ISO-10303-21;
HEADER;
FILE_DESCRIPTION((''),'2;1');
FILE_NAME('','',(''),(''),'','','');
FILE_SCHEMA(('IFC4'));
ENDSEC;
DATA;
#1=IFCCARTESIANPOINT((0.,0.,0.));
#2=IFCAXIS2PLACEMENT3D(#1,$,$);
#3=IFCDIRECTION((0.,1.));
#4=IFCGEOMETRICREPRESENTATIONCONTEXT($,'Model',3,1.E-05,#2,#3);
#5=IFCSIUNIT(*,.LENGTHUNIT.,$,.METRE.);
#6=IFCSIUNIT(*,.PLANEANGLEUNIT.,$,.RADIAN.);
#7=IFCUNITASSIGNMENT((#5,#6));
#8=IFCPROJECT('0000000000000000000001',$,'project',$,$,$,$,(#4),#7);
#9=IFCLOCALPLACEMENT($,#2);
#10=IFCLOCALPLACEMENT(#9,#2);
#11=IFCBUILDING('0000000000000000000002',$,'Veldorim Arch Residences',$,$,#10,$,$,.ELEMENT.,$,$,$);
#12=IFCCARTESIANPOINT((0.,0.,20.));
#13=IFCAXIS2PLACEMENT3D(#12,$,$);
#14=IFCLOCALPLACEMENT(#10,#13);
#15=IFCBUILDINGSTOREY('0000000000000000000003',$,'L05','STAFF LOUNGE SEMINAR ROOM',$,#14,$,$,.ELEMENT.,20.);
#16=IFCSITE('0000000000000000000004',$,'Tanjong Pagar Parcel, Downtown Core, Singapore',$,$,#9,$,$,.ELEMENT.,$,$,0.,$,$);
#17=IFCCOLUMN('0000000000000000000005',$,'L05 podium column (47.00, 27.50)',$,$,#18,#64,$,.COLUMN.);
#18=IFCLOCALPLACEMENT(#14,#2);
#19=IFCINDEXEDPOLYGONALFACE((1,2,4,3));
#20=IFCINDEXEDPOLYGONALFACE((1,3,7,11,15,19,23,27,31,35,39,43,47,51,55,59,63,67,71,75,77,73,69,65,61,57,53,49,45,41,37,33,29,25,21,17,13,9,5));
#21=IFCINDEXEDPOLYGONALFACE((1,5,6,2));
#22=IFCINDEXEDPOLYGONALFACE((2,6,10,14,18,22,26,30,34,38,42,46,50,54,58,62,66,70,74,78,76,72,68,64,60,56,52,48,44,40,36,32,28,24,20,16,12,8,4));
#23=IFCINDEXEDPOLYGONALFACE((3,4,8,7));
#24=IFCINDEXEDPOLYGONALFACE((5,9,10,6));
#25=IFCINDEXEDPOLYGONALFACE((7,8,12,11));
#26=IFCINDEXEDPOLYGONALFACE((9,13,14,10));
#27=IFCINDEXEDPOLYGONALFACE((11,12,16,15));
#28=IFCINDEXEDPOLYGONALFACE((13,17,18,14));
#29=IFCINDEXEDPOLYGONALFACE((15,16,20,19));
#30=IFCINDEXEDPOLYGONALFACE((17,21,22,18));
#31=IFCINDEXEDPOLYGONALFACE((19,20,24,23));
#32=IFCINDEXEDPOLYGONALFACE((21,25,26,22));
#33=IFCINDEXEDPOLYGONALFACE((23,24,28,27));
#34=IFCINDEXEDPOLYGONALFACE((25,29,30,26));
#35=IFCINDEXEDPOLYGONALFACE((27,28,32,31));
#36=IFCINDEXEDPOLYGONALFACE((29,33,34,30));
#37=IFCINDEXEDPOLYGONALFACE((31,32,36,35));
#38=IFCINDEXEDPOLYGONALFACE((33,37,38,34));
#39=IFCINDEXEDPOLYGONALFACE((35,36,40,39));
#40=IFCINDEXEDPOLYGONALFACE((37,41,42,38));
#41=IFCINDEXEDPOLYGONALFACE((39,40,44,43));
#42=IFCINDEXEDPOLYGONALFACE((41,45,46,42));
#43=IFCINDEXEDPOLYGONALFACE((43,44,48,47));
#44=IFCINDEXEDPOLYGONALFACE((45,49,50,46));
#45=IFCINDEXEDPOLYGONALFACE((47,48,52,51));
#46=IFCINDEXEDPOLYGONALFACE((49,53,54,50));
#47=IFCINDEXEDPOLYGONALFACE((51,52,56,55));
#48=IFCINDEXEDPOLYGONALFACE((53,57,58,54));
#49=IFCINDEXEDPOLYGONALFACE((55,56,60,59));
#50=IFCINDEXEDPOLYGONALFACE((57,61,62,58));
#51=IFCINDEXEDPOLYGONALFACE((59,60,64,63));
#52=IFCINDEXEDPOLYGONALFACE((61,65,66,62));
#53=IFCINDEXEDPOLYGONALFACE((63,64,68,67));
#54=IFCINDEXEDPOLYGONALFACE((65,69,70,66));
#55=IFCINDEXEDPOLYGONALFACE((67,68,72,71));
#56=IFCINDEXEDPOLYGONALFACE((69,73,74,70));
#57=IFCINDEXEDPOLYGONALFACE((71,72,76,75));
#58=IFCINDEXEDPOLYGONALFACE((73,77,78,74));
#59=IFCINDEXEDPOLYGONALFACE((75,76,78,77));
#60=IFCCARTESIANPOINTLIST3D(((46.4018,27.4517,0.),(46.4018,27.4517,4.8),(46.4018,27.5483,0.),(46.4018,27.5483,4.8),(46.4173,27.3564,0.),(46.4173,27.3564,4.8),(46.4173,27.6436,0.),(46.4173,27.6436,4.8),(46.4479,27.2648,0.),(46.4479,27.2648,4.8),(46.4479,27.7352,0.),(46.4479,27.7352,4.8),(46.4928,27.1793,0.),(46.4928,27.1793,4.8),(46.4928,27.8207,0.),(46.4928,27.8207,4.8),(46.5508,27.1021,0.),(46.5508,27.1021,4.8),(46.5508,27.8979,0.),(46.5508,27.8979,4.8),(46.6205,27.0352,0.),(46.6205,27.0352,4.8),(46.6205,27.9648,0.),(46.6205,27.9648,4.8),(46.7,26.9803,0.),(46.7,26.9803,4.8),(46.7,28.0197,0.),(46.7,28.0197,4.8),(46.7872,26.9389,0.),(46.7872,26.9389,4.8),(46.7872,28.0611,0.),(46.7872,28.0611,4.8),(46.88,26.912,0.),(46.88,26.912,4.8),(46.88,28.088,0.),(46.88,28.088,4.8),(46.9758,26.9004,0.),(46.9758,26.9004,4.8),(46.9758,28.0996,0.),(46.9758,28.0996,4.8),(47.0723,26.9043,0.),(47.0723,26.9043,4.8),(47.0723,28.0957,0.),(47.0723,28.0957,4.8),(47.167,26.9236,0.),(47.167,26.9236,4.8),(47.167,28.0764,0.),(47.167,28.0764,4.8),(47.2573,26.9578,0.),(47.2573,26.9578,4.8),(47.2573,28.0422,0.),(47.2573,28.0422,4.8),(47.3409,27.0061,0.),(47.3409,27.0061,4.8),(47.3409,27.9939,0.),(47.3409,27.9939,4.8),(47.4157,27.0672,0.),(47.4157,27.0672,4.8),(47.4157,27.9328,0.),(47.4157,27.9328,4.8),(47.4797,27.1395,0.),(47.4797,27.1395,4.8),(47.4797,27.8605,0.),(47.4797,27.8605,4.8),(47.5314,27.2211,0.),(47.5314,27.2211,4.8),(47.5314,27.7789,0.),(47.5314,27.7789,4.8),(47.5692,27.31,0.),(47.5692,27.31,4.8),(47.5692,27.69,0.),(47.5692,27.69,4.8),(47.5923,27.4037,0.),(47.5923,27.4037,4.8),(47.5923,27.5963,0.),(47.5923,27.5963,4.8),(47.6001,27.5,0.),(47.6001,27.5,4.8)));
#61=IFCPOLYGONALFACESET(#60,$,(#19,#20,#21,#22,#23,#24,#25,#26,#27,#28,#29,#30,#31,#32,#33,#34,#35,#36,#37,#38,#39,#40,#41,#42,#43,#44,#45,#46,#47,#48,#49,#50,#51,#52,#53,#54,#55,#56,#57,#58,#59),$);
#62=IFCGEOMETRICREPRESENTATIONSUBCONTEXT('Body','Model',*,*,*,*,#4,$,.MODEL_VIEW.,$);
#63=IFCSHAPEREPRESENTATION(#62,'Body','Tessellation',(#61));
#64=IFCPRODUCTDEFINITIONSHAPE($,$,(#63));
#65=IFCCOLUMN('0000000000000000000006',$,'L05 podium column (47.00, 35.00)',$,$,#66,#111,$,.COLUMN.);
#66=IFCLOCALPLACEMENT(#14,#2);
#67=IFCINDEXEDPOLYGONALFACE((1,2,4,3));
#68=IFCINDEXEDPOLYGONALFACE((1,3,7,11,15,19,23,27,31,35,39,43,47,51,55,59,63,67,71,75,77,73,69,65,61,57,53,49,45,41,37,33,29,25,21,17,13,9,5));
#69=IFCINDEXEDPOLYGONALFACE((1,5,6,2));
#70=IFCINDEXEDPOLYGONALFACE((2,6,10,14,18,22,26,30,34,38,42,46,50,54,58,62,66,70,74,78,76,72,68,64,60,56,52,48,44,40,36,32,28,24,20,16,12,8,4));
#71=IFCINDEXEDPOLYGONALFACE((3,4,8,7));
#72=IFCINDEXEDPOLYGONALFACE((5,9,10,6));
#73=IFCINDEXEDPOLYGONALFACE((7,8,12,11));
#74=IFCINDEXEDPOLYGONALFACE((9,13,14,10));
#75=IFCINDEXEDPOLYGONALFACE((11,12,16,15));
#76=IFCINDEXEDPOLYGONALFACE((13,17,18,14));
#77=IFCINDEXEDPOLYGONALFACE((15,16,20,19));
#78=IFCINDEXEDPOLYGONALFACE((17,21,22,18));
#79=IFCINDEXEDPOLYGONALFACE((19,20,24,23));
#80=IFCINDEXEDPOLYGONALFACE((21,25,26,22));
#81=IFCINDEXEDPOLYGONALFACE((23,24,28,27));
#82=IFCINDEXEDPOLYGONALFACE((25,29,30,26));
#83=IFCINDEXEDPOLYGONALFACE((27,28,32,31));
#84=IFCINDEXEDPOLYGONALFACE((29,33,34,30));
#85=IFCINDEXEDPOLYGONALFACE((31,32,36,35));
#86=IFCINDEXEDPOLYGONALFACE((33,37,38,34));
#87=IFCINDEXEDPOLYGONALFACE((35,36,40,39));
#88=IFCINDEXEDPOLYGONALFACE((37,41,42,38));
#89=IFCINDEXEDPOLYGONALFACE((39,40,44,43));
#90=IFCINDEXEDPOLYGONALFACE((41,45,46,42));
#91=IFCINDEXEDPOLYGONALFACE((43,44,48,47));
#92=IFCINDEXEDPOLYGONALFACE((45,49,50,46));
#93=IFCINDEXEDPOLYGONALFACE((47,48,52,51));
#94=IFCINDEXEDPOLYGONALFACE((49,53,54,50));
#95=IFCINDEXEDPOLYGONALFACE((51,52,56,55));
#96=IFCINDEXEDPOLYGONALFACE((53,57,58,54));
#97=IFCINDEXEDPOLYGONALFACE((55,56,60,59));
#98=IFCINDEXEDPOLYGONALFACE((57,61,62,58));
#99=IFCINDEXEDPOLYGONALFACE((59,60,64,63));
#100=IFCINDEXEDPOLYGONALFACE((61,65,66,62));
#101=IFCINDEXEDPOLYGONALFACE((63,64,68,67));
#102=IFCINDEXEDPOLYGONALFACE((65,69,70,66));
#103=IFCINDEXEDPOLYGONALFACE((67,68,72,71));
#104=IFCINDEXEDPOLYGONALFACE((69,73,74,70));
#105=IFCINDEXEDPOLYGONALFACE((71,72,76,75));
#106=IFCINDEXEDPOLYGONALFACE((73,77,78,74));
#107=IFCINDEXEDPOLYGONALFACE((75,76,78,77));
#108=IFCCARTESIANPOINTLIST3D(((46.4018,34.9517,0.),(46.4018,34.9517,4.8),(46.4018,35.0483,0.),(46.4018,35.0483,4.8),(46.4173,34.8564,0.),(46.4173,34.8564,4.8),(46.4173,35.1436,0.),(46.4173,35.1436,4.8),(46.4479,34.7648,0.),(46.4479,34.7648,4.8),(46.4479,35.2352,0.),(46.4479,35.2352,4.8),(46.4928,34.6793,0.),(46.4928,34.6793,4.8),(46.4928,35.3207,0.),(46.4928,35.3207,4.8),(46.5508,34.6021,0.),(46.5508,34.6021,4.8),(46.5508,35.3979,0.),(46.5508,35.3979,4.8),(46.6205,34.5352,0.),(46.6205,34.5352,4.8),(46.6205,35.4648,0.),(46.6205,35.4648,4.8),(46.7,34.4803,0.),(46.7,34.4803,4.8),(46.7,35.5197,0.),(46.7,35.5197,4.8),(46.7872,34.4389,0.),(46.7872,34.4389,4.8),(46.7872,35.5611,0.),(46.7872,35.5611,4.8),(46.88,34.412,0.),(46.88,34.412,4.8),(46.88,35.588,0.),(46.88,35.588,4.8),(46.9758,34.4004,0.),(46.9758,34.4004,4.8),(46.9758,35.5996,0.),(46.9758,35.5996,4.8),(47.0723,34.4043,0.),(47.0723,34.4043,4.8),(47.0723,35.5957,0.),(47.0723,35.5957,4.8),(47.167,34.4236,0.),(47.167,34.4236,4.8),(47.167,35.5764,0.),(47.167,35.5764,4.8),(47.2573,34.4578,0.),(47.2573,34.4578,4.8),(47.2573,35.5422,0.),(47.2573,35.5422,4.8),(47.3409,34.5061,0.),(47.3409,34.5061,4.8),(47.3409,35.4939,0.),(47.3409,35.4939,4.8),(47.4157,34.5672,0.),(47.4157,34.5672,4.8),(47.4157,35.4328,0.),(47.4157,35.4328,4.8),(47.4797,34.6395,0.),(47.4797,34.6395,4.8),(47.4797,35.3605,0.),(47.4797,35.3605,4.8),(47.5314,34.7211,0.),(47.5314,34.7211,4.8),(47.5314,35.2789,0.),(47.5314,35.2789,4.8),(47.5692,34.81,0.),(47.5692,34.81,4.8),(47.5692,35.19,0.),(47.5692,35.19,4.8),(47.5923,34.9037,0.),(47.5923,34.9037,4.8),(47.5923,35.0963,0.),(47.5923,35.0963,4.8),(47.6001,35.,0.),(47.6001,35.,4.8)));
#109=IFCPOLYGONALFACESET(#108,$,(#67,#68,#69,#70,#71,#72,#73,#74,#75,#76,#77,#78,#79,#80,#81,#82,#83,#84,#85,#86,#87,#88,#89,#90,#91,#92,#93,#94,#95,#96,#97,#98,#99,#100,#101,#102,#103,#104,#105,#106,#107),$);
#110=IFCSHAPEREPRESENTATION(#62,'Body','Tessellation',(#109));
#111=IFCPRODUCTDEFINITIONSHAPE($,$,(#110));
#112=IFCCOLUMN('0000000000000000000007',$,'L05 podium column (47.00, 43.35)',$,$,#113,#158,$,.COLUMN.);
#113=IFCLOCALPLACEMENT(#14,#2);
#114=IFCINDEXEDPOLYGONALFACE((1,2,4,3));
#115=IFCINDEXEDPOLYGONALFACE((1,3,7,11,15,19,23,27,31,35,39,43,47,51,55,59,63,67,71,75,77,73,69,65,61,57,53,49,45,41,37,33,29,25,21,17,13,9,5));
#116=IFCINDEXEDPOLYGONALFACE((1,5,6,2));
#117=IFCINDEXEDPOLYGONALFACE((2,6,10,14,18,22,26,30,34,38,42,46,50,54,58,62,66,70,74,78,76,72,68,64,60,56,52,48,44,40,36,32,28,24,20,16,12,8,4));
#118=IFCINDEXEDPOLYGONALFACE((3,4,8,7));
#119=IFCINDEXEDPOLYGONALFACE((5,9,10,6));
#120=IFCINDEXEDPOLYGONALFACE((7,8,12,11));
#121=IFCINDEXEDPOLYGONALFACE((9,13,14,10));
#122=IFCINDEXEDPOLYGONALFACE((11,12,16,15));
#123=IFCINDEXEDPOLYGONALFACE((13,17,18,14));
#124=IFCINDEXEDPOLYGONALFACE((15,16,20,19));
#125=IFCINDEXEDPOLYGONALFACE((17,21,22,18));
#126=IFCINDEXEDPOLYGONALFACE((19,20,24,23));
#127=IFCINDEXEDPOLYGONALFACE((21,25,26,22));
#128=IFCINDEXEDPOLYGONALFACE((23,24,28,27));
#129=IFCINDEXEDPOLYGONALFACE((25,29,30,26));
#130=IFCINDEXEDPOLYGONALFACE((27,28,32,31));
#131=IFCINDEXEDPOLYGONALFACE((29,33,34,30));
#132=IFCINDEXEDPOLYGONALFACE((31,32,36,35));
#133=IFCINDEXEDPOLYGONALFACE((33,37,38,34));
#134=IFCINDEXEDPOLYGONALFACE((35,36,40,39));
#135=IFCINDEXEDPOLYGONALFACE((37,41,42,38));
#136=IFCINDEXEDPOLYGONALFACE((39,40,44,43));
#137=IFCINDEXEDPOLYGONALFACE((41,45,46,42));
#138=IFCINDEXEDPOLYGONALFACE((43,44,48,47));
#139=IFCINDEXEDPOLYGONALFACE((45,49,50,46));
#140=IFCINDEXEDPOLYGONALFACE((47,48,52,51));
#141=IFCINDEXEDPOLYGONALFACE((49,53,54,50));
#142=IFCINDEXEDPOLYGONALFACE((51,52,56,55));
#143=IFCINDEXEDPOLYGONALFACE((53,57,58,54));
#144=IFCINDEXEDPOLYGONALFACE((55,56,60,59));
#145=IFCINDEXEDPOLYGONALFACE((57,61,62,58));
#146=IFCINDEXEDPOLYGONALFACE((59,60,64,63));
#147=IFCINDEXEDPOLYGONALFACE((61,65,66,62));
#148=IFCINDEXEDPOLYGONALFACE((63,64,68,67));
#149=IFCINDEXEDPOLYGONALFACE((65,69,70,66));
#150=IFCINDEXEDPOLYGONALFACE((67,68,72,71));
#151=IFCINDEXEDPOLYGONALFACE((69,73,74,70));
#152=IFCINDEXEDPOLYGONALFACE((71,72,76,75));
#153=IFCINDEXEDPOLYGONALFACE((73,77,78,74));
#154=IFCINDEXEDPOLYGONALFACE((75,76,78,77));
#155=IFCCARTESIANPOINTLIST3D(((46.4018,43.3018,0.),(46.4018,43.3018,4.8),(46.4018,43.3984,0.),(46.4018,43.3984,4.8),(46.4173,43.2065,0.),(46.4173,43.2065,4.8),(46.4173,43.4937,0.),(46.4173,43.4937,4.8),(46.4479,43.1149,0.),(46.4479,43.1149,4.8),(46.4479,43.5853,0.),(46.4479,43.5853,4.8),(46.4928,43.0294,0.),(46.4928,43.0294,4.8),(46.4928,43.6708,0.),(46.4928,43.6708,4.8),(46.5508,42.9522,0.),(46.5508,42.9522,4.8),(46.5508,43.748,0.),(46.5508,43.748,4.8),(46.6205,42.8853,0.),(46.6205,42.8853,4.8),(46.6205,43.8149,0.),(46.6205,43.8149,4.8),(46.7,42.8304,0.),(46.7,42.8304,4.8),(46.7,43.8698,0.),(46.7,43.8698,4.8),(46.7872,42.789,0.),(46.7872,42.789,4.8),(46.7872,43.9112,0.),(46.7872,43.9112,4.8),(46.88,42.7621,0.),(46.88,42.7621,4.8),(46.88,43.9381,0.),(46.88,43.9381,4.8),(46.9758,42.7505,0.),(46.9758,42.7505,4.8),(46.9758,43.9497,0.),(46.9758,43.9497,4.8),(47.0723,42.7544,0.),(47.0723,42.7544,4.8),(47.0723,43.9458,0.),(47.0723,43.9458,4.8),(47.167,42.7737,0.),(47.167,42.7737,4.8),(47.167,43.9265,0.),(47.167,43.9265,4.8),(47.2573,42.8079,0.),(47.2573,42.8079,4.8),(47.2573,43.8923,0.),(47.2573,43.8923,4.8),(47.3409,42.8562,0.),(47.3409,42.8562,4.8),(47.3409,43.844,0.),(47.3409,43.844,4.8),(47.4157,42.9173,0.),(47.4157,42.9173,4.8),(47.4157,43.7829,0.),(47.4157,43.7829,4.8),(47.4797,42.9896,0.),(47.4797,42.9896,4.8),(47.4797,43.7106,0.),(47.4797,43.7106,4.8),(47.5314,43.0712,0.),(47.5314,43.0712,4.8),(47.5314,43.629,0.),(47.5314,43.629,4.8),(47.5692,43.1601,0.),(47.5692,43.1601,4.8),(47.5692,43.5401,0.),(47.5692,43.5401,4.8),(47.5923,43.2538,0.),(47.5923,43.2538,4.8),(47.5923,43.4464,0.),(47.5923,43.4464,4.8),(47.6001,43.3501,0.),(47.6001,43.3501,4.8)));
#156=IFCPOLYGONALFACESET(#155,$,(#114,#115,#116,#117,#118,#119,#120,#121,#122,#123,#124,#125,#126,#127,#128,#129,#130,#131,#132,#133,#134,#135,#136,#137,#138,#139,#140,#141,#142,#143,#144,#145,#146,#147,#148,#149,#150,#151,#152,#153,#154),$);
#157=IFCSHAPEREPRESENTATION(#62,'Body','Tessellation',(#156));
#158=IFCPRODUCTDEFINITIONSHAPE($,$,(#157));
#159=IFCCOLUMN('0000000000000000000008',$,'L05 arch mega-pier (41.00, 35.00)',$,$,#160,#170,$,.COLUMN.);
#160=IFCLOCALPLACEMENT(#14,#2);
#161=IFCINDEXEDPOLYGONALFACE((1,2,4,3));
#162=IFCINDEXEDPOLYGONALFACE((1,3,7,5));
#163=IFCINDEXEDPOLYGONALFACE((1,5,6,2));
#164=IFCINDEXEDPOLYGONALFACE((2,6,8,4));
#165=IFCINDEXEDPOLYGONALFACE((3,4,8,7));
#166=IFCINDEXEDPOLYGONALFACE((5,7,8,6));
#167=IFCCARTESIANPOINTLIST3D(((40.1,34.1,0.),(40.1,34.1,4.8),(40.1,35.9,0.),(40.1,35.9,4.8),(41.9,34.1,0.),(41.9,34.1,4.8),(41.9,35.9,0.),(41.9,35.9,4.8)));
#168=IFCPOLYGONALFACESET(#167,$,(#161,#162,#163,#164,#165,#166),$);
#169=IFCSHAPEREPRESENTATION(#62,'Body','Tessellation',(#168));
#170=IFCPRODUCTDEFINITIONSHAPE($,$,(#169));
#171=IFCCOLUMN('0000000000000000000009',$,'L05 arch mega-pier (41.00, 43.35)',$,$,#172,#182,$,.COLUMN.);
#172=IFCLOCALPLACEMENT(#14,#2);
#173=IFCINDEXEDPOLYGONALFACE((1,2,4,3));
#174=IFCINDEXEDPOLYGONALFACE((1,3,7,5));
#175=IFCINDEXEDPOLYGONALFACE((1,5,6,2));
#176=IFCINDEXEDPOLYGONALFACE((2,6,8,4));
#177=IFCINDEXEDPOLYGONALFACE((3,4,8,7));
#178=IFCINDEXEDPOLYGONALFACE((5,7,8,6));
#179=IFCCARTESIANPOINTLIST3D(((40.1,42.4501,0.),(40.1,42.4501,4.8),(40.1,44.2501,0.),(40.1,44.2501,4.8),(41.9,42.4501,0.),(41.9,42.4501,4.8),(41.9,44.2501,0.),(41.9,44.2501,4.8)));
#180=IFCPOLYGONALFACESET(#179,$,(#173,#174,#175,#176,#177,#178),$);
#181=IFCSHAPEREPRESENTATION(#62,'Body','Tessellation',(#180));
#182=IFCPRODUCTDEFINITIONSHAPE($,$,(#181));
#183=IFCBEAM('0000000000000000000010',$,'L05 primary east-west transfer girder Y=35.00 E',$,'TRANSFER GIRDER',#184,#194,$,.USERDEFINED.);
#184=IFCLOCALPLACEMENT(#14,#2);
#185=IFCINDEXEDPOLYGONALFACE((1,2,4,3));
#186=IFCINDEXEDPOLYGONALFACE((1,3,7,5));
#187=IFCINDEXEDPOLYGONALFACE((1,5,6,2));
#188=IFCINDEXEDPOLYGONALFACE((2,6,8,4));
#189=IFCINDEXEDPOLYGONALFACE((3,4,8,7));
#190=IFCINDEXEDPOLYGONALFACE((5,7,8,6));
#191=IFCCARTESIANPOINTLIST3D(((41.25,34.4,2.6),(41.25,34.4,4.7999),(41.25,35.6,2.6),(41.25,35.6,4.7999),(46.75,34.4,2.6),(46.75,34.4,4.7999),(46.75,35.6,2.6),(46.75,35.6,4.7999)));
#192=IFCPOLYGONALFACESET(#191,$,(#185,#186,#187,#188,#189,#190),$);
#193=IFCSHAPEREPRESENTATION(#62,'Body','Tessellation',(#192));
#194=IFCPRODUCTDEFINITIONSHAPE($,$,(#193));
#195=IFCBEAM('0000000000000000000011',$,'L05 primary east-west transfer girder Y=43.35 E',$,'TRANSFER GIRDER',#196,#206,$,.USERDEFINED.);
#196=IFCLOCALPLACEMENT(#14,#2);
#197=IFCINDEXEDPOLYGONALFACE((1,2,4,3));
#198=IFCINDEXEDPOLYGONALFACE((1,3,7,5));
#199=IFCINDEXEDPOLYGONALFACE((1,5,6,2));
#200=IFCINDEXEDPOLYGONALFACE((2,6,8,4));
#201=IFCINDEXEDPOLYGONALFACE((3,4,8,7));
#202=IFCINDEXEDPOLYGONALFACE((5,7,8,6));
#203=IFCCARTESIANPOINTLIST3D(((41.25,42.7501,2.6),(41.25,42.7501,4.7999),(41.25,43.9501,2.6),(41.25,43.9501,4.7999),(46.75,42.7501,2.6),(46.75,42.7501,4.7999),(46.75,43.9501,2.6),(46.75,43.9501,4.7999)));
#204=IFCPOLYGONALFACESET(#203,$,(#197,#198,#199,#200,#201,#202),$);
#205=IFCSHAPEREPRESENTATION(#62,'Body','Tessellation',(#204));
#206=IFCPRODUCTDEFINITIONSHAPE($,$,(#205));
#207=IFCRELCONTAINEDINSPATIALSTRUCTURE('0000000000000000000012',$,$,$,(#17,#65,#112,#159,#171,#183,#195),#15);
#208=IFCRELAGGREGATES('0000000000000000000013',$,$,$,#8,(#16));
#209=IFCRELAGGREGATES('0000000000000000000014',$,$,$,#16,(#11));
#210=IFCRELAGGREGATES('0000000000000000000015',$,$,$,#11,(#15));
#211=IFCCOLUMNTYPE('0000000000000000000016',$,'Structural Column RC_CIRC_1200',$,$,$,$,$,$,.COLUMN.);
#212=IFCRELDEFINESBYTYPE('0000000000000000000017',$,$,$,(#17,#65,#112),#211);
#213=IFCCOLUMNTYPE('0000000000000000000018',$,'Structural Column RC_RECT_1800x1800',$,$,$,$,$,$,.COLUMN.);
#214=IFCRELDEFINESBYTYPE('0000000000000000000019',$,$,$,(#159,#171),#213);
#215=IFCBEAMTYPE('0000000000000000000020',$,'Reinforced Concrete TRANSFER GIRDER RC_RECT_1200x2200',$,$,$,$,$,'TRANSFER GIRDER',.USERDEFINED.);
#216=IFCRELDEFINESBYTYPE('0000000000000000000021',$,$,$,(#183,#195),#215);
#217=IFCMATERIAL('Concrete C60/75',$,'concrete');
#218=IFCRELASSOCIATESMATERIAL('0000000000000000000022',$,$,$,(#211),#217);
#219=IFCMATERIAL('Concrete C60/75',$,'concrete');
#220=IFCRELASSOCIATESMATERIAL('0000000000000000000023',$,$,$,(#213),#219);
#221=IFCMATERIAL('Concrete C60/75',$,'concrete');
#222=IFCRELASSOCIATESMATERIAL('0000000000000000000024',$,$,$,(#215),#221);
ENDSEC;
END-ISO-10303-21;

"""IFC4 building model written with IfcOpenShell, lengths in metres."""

from ifc_helpers import new_model, si_unit, direction, frame, origin, origin_2d, place, context, subcontext, project, spatial, rectangle, circle, extrude, material, material_profile, profile_set, type_object, element, save


model = new_model("IFC4")

# Units and contexts
model_context = context("Model", 3, precision=1e-05, world=origin(), true_north=direction((0.0, 1.0)))
body_context = subcontext(model_context, "Body", "Model", "MODEL_VIEW")
ifc_project = project(units=[si_unit("LENGTHUNIT", "METRE"), si_unit("PLANEANGLEUNIT", "RADIAN")], contexts=[model_context])

# Site, building, storey
site_placement = place(None, origin())
site = spatial("IfcSite", under=ifc_project, at=site_placement, Name="Tanjong Pagar Parcel, Downtown Core, Singapore", CompositionType="ELEMENT", RefElevation=0.0)
building_placement = place(site_placement, origin())
building = spatial("IfcBuilding", under=site, at=building_placement, Name="Veldorim Arch Residences", CompositionType="ELEMENT")
storey_placement = place(building_placement, frame((0.0, 0.0, 20.0)))
storey = spatial("IfcBuildingStorey", under=building, at=storey_placement, Name="L05", Description="STAFF LOUNGE SEMINAR ROOM", CompositionType="ELEMENT", Elevation=20.0)

# Columns
ifc_material_1 = material(Name="Concrete C60/75", Category="concrete")
ifc_material_profile_1 = material_profile(ifc_material_1, circle(Radius=0.6001, at=origin_2d()), Name="RC_CIRC_1200")
ifc_profile_set_1 = profile_set([ifc_material_profile_1], Name="Concrete C60/75")
column_type_1 = type_object("IfcColumnType", Name="Structural Column RC_CIRC_1200", PredefinedType="COLUMN", material=ifc_profile_set_1)
for number, where, z_axis, x_axis, name in (
    (1, (47.0, 27.5, 0.0), (0.0, 0.0, 1.0), (1.0, 0.0, 0.0), "L05 podium column (47.00, 27.50)"),
    (2, (47.0, 35.0, 0.0), (0.0, 0.0, 1.0), (1.0, 0.0, 0.0), "L05 podium column (47.00, 35.00)"),
    (3, (47.0, 43.3501, 0.0), (0.0, 0.0, 1.0), (1.0, 0.0, 0.0), "L05 podium column (47.00, 43.35)"),
):
    element("IfcColumn", number, at=place(storey_placement, frame(where, z_axis=z_axis, x_axis=x_axis)), inside=storey, type_object=column_type_1, Name=name, PredefinedType="COLUMN", context=body_context, shape_type="SweptSolid", body=[
        extrude(circle(Radius=0.6001, at=origin_2d()), origin(), (0.0, 0.0, 1.0), 4.8),
    ])
ifc_material_2 = material(Name="Concrete C60/75", Category="concrete")
ifc_material_profile_2 = material_profile(ifc_material_2, rectangle(XDim=1.8, YDim=1.8, at=origin_2d()), Name="RC_RECT_1800x1800")
ifc_profile_set_2 = profile_set([ifc_material_profile_2], Name="Concrete C60/75")
column_type_2 = type_object("IfcColumnType", Name="Structural Column RC_RECT_1800x1800", PredefinedType="COLUMN", material=ifc_profile_set_2)
for number, where, z_axis, x_axis, name in (
    (4, (41.0, 35.0, 0.0), (0.0, 0.0, 1.0), (1.0, 0.0, 0.0), "L05 arch mega-pier (41.00, 35.00)"),
    (5, (41.0, 43.3501, 0.0), (0.0, 0.0, 1.0), (1.0, 0.0, 0.0), "L05 arch mega-pier (41.00, 43.35)"),
):
    element("IfcColumn", number, at=place(storey_placement, frame(where, z_axis=z_axis, x_axis=x_axis)), inside=storey, type_object=column_type_2, Name=name, PredefinedType="COLUMN", context=body_context, shape_type="SweptSolid", body=[
        extrude(rectangle(XDim=1.8, YDim=1.8, at=origin_2d()), origin(), (0.0, 0.0, 1.0), 4.8),
    ])

# Beams
ifc_material_3 = material(Name="Concrete C60/75", Category="concrete")
ifc_material_profile_3 = material_profile(ifc_material_3, rectangle(XDim=1.2, YDim=2.2, at=origin_2d()), Name="RC_RECT_1200x2200")
ifc_profile_set_3 = profile_set([ifc_material_profile_3], Name="Concrete C60/75")
beam_type_1 = type_object("IfcBeamType", Name="Reinforced Concrete TRANSFER GIRDER RC_RECT_1200x2200", ElementType="TRANSFER GIRDER", PredefinedType="USERDEFINED", material=ifc_profile_set_3)
for number, where, z_axis, x_axis, name in (
    (6, (41.25, 35.0, 3.7), (1.0, 0.0, 0.0), (0.0, 1.0, 0.0), "L05 primary east-west transfer girder Y=35.00 E"),
    (7, (41.25, 43.3501, 3.7), (1.0, 0.0, 0.0), (0.0, 1.0, 0.0), "L05 primary east-west transfer girder Y=43.35 E"),
):
    element("IfcBeam", number, at=place(storey_placement, frame(where, z_axis=z_axis, x_axis=x_axis)), inside=storey, type_object=beam_type_1, Name=name, ObjectType="TRANSFER GIRDER", PredefinedType="USERDEFINED", context=body_context, shape_type="SweptSolid", body=[
        extrude(rectangle(XDim=1.2, YDim=2.2, at=origin_2d()), origin(), (0.0, 0.0, 1.0), 5.5),
    ])

save(model, "model.ifc")
